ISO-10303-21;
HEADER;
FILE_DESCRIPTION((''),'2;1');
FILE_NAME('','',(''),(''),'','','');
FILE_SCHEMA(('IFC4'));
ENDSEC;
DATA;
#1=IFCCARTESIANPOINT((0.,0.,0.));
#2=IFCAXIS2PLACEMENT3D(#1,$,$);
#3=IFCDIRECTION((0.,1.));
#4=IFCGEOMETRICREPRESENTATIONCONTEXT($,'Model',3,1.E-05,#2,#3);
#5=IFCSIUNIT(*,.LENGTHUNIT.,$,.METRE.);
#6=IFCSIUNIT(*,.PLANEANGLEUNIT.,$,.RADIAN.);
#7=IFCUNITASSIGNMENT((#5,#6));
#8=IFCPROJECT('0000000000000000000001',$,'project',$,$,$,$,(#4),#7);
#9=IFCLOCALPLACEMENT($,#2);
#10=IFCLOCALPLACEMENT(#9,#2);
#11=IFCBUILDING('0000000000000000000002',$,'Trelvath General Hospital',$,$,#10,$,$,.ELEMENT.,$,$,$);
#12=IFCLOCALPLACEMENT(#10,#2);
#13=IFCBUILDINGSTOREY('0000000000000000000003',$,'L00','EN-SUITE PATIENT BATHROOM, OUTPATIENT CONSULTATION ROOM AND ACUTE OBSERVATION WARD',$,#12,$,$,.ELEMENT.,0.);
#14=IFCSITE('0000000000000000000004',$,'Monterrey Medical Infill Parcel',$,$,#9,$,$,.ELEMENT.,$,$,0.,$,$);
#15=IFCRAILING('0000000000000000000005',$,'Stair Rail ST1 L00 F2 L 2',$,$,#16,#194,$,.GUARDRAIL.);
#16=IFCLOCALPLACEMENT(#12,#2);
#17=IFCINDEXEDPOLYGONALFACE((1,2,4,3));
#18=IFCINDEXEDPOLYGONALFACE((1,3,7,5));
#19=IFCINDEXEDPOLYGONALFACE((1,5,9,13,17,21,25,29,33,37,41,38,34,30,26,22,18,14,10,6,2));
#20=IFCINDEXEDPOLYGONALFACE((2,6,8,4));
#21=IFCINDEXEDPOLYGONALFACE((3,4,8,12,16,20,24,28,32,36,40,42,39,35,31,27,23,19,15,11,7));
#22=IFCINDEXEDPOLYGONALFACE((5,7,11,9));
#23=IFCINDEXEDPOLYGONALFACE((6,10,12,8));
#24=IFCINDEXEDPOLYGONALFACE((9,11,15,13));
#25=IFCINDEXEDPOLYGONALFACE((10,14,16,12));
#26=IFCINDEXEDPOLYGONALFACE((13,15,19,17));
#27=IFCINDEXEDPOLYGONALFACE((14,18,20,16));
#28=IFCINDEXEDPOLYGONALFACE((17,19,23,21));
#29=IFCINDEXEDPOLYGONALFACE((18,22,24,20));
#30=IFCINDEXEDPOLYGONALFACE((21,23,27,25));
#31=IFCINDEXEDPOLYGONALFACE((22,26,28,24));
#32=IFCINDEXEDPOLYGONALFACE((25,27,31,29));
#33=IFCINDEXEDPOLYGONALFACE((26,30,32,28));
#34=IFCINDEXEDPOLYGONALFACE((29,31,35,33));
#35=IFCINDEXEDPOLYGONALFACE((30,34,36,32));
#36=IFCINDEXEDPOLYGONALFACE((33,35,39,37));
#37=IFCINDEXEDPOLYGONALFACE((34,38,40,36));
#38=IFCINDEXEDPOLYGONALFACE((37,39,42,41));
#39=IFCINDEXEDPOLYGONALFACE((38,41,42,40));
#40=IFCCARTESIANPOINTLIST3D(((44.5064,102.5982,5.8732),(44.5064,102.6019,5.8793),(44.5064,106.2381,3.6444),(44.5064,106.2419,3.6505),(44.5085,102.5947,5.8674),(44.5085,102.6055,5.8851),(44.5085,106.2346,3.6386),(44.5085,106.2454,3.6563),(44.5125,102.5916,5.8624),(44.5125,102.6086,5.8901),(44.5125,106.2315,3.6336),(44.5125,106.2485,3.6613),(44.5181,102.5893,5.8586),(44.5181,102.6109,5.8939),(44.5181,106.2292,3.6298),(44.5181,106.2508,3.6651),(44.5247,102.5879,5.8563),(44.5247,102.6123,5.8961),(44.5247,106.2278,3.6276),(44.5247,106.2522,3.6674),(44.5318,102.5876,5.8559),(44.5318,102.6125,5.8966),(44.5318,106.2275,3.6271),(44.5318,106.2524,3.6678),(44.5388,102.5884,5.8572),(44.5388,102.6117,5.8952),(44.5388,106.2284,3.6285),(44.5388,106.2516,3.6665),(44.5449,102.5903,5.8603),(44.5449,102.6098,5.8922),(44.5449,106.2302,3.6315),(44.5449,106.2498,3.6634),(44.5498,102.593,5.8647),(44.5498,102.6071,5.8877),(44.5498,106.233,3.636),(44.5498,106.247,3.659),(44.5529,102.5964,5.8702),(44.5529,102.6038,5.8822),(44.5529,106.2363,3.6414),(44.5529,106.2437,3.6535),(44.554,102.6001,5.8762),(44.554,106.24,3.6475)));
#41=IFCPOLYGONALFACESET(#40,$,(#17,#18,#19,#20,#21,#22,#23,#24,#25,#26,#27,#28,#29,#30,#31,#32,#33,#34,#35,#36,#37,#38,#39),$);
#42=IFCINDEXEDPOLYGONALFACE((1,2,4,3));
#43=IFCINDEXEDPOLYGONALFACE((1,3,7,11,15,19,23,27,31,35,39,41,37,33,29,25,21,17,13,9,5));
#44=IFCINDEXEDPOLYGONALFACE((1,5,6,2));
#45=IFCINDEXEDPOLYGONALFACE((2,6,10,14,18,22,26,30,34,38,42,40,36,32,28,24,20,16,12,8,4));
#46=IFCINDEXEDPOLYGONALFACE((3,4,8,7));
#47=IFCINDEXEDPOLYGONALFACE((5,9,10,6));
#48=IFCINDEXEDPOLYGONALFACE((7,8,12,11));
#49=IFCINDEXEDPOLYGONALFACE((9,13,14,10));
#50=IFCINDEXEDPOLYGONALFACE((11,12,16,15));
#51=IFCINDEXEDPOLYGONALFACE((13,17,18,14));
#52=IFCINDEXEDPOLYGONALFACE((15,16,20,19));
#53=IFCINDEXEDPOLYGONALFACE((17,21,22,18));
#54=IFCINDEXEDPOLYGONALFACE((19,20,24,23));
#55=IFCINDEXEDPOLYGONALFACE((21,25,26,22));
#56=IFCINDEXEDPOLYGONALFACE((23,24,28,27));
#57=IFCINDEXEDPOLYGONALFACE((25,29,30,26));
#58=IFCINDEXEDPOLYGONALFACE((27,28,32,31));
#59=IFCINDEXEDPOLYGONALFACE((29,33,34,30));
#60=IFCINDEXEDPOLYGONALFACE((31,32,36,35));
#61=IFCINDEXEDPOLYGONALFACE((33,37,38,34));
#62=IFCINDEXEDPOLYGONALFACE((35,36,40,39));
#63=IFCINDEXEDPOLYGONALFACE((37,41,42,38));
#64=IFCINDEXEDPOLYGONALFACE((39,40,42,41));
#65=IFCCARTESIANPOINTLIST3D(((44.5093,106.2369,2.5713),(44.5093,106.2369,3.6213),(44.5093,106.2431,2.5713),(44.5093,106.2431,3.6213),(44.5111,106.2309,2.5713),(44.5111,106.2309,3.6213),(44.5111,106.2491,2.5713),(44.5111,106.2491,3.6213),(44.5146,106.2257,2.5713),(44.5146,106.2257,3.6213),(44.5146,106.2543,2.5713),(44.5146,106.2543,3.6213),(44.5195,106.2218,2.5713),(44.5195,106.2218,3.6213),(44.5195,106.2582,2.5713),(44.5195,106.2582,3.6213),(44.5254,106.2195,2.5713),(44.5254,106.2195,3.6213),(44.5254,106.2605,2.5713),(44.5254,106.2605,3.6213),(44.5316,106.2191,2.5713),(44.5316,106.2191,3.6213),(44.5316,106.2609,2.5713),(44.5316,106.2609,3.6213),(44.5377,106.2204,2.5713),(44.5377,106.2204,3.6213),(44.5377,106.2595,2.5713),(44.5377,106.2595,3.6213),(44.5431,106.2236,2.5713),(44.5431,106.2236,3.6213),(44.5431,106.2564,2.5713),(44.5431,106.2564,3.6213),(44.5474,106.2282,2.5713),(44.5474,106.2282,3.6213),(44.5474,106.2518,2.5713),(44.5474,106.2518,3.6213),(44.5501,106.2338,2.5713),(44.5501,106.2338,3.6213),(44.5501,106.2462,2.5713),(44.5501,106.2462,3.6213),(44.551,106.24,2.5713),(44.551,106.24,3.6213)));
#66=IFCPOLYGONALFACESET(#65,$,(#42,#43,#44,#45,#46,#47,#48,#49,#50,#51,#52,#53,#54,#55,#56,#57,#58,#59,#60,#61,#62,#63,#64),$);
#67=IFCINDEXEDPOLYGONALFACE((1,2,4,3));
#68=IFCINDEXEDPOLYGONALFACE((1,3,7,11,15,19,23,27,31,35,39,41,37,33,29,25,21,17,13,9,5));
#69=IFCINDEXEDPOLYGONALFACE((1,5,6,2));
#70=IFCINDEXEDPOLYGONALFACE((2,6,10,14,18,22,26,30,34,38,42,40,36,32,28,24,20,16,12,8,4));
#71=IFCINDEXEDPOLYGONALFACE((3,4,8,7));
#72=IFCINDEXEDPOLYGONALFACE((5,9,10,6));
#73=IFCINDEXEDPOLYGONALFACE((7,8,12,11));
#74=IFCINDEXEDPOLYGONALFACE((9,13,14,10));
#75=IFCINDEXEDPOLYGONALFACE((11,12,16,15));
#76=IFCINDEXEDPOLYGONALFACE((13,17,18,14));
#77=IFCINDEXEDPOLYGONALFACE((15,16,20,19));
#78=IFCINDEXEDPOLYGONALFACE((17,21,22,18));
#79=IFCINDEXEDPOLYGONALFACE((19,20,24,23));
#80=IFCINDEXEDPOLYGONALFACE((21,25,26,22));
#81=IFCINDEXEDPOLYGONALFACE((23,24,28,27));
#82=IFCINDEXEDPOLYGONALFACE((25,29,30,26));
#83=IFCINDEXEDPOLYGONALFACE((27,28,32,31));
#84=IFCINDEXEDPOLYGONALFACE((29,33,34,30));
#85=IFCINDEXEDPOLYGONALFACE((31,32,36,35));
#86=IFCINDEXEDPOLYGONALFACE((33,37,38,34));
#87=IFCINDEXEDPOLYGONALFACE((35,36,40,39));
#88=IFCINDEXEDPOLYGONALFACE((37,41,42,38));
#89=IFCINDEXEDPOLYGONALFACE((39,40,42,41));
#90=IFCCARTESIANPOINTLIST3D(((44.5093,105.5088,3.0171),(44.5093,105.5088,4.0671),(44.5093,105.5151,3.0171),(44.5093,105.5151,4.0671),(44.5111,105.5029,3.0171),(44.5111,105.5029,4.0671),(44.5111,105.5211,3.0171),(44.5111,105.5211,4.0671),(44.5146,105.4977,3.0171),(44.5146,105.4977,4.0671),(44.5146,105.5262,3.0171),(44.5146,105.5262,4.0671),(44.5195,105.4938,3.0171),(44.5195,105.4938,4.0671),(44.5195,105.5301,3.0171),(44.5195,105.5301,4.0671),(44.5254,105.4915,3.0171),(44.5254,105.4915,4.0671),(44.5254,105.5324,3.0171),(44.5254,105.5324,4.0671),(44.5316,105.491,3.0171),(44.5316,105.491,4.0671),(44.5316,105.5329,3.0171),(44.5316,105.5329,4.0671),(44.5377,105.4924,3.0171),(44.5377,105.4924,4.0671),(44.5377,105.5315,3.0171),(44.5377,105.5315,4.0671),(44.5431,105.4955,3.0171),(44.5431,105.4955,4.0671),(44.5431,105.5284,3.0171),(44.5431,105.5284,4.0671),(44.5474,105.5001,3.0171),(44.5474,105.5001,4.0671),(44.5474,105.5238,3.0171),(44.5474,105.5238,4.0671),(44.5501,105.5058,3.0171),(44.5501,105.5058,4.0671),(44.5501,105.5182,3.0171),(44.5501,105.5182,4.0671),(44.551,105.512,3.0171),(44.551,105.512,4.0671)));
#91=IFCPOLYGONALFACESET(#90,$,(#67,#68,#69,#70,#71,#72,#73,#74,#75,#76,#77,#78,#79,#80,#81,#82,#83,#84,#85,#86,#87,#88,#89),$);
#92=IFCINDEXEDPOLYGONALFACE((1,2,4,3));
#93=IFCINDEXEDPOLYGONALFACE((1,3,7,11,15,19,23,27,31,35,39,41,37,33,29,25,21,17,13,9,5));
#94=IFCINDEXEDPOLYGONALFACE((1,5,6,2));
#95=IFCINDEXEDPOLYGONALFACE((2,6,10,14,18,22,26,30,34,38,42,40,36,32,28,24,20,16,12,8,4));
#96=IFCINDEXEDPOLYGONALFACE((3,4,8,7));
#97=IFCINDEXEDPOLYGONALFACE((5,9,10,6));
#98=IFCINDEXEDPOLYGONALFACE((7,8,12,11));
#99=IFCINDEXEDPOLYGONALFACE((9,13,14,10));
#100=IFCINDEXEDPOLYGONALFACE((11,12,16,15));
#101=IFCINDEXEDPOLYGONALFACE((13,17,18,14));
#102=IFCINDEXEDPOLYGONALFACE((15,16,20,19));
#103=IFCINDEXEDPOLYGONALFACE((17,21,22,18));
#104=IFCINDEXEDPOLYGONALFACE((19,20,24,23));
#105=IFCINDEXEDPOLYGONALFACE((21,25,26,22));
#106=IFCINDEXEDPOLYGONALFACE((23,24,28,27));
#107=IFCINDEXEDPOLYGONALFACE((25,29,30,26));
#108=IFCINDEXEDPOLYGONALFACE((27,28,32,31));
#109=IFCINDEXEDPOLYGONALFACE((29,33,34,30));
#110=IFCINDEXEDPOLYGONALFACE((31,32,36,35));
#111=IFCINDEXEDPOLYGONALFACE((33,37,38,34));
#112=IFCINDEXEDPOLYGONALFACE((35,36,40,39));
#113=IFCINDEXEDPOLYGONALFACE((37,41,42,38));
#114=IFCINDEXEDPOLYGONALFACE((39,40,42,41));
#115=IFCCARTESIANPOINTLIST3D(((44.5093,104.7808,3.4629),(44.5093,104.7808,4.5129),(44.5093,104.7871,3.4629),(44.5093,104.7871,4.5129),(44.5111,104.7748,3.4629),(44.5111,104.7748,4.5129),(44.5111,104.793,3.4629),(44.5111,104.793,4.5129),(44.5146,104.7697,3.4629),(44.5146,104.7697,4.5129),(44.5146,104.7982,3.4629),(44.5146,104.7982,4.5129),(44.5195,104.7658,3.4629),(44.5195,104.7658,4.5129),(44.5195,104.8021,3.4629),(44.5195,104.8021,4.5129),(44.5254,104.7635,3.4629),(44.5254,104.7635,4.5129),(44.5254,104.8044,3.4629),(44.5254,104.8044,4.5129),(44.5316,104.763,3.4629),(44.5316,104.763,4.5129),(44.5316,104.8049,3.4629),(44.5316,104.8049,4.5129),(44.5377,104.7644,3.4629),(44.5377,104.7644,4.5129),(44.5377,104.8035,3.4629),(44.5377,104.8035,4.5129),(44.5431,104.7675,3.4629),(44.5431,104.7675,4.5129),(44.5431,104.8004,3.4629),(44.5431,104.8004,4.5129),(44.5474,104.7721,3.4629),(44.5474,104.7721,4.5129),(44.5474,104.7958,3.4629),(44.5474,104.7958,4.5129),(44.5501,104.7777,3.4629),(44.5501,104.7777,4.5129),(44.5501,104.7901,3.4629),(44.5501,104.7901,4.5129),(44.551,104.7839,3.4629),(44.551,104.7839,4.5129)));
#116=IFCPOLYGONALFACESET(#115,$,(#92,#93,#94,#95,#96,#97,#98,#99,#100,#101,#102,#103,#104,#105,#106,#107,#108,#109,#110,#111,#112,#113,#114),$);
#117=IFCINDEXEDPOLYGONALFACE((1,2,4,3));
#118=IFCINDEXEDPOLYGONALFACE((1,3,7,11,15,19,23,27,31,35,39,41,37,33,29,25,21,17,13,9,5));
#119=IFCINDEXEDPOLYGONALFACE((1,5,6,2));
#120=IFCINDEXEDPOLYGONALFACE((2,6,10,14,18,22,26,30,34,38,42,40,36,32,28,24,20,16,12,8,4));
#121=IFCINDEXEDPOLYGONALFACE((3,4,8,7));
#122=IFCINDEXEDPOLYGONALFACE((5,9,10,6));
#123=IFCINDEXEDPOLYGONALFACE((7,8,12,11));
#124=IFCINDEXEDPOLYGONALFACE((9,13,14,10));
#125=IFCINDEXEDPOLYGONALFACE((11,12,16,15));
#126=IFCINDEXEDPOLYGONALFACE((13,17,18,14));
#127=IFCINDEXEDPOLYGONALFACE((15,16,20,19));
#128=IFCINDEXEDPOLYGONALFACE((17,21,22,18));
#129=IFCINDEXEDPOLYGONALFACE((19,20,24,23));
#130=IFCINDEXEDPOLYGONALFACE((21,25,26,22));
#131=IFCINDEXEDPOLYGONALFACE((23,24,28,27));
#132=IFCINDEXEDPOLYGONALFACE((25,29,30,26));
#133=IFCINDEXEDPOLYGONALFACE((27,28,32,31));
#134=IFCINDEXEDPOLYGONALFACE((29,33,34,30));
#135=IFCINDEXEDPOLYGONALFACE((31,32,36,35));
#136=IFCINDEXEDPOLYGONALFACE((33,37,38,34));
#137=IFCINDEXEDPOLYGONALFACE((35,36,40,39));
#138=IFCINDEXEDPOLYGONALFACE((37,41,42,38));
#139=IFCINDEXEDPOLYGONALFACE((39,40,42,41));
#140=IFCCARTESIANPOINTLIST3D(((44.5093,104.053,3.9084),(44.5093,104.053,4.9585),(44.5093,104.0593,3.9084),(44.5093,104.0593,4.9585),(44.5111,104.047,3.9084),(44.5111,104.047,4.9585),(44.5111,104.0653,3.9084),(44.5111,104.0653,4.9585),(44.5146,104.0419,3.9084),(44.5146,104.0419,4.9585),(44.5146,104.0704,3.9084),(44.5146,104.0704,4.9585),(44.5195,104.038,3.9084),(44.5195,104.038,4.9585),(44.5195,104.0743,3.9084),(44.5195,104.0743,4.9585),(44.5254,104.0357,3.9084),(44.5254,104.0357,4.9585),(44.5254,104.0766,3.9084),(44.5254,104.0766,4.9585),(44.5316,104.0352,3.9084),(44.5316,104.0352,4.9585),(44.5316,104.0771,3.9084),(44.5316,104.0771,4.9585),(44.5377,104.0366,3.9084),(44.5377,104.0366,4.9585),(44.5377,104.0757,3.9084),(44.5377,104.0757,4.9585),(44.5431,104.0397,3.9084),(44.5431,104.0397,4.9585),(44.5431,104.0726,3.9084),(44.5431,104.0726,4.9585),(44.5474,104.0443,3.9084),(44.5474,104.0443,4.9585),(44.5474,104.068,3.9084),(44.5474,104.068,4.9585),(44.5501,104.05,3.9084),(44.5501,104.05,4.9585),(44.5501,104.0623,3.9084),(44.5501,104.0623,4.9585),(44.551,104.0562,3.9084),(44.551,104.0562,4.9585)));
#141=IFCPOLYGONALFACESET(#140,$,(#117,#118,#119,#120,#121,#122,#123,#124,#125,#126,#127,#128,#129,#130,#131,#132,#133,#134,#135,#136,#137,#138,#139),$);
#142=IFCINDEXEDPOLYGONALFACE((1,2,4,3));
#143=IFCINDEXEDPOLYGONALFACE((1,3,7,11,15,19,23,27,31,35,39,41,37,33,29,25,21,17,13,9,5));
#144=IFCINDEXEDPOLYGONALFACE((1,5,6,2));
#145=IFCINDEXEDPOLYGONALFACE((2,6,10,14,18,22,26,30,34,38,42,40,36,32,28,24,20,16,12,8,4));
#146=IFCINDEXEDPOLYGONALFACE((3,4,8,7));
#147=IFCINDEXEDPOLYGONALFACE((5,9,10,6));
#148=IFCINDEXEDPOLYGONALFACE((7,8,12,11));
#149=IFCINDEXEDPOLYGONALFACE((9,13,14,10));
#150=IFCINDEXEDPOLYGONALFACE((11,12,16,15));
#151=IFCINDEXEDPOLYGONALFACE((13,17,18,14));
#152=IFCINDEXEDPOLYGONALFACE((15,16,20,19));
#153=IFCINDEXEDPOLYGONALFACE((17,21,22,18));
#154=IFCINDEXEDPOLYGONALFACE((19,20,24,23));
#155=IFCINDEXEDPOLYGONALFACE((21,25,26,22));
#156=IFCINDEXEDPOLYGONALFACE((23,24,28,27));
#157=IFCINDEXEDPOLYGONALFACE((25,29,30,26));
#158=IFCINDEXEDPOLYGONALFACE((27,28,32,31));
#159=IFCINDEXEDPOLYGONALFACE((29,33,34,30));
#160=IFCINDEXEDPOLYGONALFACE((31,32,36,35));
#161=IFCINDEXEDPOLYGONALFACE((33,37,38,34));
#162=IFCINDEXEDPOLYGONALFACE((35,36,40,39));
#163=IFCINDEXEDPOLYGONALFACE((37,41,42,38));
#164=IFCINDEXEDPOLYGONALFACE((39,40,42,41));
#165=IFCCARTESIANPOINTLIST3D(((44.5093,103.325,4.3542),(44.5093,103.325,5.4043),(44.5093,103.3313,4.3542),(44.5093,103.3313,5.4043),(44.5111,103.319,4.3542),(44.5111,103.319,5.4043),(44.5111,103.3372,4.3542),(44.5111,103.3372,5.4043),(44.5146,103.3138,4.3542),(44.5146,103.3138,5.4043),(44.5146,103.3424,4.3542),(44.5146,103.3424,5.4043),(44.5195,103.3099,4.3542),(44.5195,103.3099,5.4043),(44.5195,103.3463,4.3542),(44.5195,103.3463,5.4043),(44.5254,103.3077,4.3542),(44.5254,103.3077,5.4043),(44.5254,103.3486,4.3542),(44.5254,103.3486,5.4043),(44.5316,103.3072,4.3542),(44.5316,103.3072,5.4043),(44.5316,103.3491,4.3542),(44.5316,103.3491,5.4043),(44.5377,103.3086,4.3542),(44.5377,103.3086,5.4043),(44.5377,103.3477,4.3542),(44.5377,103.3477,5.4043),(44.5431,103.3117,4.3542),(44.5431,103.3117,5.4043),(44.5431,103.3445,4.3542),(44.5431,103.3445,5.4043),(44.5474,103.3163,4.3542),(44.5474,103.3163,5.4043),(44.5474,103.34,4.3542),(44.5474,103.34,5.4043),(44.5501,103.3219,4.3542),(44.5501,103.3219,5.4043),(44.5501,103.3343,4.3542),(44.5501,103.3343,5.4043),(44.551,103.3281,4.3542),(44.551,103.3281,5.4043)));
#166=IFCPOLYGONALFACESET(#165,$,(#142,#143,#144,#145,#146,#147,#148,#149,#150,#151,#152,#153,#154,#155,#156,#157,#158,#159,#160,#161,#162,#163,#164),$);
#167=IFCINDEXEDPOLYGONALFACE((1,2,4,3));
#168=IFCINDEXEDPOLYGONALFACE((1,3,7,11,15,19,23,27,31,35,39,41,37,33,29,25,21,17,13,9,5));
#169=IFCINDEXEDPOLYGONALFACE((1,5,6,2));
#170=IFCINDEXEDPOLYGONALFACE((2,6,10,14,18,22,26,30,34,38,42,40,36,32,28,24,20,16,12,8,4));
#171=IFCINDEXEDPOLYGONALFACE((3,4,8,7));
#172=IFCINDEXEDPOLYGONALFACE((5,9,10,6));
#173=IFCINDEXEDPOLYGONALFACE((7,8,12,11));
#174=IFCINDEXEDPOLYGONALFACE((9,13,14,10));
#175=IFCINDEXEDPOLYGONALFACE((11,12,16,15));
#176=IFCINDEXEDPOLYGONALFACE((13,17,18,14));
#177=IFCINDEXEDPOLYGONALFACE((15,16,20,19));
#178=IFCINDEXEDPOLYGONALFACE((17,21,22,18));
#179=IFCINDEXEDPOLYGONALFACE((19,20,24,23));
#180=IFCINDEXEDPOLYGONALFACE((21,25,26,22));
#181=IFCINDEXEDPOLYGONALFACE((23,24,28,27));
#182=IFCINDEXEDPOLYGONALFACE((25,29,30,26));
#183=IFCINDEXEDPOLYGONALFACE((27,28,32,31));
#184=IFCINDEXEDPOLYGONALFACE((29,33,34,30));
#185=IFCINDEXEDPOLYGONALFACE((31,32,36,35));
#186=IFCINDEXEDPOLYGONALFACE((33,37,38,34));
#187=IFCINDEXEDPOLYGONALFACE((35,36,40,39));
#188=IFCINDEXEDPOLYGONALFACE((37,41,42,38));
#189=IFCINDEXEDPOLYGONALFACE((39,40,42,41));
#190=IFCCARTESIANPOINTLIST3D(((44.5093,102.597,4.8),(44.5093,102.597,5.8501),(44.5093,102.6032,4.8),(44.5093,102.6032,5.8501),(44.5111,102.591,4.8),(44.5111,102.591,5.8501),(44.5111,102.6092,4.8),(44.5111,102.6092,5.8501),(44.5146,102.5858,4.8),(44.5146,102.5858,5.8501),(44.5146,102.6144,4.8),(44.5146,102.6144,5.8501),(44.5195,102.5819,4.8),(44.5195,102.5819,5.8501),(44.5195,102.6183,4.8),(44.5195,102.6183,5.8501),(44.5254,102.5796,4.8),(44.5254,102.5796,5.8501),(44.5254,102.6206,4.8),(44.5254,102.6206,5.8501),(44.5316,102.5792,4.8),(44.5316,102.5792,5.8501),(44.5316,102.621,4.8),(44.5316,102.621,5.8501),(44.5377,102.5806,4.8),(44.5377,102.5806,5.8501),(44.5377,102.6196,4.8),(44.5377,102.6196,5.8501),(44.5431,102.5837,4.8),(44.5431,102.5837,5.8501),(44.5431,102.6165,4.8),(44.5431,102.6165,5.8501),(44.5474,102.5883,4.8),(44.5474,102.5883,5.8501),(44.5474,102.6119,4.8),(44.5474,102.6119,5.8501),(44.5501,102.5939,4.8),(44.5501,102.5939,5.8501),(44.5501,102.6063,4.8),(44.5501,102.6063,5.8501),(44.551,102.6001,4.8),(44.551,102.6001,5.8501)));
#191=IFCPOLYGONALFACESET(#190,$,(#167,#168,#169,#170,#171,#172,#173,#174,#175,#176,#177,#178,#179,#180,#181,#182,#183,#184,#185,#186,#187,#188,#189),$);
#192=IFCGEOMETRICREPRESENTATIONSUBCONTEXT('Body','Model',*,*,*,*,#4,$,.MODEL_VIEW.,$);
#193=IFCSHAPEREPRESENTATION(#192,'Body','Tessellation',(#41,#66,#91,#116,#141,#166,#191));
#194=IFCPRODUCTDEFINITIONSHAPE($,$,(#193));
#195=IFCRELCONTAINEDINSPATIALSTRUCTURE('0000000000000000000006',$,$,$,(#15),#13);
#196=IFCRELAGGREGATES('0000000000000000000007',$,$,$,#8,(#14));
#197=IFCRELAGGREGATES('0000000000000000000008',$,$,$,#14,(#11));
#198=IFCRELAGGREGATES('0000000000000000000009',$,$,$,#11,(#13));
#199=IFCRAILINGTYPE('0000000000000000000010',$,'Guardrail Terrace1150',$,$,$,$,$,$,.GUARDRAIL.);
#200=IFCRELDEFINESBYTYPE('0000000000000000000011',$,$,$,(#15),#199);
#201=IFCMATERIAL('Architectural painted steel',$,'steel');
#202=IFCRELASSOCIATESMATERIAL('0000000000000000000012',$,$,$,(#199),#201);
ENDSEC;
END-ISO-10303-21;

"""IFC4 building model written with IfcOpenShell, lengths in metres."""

from ifc_helpers import new_model, si_unit, direction, frame, origin, origin_2d, place, context, subcontext, project, spatial, circle, extrude, material, type_object, element, save


model = new_model("IFC4")

# Units and contexts
model_context = context("Model", 3, precision=1e-05, world=origin(), true_north=direction((0.0, 1.0)))
body_context = subcontext(model_context, "Body", "Model", "MODEL_VIEW")
ifc_project = project(units=[si_unit("LENGTHUNIT", "METRE"), si_unit("PLANEANGLEUNIT", "RADIAN")], contexts=[model_context])

# Site, building, storey
site_placement = place(None, origin())
site = spatial("IfcSite", under=ifc_project, at=site_placement, Name="Monterrey Medical Infill Parcel", CompositionType="ELEMENT", RefElevation=0.0)
building_placement = place(site_placement, origin())
building = spatial("IfcBuilding", under=site, at=building_placement, Name="Trelvath General Hospital", CompositionType="ELEMENT")
storey_placement = place(building_placement, origin())
storey = spatial("IfcBuildingStorey", under=building, at=storey_placement, Name="L00", Description="EN-SUITE PATIENT BATHROOM, OUTPATIENT CONSULTATION ROOM AND ACUTE OBSERVATION WARD", CompositionType="ELEMENT", Elevation=0.0)

# Railing
ifc_material_1 = material(Name="Architectural painted steel", Category="steel")
railing_type_1 = type_object("IfcRailingType", Name="Guardrail Terrace1150", PredefinedType="GUARDRAIL", material=ifc_material_1)
railing_1_placement = place(storey_placement, frame((44.53, 106.24, 2.5713)))
element("IfcRailing", 1, at=railing_1_placement, inside=storey, type_object=railing_type_1, Name="Stair Rail ST1 L00 F2 L 2", PredefinedType="GUARDRAIL", context=body_context, shape_type="SweptSolid", body=[
    extrude(circle(Radius=0.0239, at=origin_2d()), frame((0.0, 0.0, 1.0762), z_axis=(0.0, -0.852825, 0.522197), x_axis=(1.0, 0.0, 0.0)), (0.0, 0.0, 1.0), 4.2681),
    extrude(circle(Radius=0.021, at=origin_2d()), origin(), (0.0, 0.0, 1.0), 1.05),
    extrude(circle(Radius=0.021, at=origin_2d()), frame((0.0, -0.728, 0.4458)), (0.0, 0.0, 1.0), 1.05),
    extrude(circle(Radius=0.021, at=origin_2d()), frame((0.0, -1.4561, 0.8916)), (0.0, 0.0, 1.0), 1.05),
    extrude(circle(Radius=0.021, at=origin_2d()), frame((0.0, -2.1838, 1.3372)), (0.0, 0.0, 1.0), 1.05),
    extrude(circle(Radius=0.021, at=origin_2d()), frame((0.0, -2.9119, 1.783)), (0.0, 0.0, 1.0), 1.05),
    extrude(circle(Radius=0.021, at=origin_2d()), frame((0.0, -3.6399, 2.2288)), (0.0, 0.0, 1.0), 1.05),
])

save(model, "model.ifc")
